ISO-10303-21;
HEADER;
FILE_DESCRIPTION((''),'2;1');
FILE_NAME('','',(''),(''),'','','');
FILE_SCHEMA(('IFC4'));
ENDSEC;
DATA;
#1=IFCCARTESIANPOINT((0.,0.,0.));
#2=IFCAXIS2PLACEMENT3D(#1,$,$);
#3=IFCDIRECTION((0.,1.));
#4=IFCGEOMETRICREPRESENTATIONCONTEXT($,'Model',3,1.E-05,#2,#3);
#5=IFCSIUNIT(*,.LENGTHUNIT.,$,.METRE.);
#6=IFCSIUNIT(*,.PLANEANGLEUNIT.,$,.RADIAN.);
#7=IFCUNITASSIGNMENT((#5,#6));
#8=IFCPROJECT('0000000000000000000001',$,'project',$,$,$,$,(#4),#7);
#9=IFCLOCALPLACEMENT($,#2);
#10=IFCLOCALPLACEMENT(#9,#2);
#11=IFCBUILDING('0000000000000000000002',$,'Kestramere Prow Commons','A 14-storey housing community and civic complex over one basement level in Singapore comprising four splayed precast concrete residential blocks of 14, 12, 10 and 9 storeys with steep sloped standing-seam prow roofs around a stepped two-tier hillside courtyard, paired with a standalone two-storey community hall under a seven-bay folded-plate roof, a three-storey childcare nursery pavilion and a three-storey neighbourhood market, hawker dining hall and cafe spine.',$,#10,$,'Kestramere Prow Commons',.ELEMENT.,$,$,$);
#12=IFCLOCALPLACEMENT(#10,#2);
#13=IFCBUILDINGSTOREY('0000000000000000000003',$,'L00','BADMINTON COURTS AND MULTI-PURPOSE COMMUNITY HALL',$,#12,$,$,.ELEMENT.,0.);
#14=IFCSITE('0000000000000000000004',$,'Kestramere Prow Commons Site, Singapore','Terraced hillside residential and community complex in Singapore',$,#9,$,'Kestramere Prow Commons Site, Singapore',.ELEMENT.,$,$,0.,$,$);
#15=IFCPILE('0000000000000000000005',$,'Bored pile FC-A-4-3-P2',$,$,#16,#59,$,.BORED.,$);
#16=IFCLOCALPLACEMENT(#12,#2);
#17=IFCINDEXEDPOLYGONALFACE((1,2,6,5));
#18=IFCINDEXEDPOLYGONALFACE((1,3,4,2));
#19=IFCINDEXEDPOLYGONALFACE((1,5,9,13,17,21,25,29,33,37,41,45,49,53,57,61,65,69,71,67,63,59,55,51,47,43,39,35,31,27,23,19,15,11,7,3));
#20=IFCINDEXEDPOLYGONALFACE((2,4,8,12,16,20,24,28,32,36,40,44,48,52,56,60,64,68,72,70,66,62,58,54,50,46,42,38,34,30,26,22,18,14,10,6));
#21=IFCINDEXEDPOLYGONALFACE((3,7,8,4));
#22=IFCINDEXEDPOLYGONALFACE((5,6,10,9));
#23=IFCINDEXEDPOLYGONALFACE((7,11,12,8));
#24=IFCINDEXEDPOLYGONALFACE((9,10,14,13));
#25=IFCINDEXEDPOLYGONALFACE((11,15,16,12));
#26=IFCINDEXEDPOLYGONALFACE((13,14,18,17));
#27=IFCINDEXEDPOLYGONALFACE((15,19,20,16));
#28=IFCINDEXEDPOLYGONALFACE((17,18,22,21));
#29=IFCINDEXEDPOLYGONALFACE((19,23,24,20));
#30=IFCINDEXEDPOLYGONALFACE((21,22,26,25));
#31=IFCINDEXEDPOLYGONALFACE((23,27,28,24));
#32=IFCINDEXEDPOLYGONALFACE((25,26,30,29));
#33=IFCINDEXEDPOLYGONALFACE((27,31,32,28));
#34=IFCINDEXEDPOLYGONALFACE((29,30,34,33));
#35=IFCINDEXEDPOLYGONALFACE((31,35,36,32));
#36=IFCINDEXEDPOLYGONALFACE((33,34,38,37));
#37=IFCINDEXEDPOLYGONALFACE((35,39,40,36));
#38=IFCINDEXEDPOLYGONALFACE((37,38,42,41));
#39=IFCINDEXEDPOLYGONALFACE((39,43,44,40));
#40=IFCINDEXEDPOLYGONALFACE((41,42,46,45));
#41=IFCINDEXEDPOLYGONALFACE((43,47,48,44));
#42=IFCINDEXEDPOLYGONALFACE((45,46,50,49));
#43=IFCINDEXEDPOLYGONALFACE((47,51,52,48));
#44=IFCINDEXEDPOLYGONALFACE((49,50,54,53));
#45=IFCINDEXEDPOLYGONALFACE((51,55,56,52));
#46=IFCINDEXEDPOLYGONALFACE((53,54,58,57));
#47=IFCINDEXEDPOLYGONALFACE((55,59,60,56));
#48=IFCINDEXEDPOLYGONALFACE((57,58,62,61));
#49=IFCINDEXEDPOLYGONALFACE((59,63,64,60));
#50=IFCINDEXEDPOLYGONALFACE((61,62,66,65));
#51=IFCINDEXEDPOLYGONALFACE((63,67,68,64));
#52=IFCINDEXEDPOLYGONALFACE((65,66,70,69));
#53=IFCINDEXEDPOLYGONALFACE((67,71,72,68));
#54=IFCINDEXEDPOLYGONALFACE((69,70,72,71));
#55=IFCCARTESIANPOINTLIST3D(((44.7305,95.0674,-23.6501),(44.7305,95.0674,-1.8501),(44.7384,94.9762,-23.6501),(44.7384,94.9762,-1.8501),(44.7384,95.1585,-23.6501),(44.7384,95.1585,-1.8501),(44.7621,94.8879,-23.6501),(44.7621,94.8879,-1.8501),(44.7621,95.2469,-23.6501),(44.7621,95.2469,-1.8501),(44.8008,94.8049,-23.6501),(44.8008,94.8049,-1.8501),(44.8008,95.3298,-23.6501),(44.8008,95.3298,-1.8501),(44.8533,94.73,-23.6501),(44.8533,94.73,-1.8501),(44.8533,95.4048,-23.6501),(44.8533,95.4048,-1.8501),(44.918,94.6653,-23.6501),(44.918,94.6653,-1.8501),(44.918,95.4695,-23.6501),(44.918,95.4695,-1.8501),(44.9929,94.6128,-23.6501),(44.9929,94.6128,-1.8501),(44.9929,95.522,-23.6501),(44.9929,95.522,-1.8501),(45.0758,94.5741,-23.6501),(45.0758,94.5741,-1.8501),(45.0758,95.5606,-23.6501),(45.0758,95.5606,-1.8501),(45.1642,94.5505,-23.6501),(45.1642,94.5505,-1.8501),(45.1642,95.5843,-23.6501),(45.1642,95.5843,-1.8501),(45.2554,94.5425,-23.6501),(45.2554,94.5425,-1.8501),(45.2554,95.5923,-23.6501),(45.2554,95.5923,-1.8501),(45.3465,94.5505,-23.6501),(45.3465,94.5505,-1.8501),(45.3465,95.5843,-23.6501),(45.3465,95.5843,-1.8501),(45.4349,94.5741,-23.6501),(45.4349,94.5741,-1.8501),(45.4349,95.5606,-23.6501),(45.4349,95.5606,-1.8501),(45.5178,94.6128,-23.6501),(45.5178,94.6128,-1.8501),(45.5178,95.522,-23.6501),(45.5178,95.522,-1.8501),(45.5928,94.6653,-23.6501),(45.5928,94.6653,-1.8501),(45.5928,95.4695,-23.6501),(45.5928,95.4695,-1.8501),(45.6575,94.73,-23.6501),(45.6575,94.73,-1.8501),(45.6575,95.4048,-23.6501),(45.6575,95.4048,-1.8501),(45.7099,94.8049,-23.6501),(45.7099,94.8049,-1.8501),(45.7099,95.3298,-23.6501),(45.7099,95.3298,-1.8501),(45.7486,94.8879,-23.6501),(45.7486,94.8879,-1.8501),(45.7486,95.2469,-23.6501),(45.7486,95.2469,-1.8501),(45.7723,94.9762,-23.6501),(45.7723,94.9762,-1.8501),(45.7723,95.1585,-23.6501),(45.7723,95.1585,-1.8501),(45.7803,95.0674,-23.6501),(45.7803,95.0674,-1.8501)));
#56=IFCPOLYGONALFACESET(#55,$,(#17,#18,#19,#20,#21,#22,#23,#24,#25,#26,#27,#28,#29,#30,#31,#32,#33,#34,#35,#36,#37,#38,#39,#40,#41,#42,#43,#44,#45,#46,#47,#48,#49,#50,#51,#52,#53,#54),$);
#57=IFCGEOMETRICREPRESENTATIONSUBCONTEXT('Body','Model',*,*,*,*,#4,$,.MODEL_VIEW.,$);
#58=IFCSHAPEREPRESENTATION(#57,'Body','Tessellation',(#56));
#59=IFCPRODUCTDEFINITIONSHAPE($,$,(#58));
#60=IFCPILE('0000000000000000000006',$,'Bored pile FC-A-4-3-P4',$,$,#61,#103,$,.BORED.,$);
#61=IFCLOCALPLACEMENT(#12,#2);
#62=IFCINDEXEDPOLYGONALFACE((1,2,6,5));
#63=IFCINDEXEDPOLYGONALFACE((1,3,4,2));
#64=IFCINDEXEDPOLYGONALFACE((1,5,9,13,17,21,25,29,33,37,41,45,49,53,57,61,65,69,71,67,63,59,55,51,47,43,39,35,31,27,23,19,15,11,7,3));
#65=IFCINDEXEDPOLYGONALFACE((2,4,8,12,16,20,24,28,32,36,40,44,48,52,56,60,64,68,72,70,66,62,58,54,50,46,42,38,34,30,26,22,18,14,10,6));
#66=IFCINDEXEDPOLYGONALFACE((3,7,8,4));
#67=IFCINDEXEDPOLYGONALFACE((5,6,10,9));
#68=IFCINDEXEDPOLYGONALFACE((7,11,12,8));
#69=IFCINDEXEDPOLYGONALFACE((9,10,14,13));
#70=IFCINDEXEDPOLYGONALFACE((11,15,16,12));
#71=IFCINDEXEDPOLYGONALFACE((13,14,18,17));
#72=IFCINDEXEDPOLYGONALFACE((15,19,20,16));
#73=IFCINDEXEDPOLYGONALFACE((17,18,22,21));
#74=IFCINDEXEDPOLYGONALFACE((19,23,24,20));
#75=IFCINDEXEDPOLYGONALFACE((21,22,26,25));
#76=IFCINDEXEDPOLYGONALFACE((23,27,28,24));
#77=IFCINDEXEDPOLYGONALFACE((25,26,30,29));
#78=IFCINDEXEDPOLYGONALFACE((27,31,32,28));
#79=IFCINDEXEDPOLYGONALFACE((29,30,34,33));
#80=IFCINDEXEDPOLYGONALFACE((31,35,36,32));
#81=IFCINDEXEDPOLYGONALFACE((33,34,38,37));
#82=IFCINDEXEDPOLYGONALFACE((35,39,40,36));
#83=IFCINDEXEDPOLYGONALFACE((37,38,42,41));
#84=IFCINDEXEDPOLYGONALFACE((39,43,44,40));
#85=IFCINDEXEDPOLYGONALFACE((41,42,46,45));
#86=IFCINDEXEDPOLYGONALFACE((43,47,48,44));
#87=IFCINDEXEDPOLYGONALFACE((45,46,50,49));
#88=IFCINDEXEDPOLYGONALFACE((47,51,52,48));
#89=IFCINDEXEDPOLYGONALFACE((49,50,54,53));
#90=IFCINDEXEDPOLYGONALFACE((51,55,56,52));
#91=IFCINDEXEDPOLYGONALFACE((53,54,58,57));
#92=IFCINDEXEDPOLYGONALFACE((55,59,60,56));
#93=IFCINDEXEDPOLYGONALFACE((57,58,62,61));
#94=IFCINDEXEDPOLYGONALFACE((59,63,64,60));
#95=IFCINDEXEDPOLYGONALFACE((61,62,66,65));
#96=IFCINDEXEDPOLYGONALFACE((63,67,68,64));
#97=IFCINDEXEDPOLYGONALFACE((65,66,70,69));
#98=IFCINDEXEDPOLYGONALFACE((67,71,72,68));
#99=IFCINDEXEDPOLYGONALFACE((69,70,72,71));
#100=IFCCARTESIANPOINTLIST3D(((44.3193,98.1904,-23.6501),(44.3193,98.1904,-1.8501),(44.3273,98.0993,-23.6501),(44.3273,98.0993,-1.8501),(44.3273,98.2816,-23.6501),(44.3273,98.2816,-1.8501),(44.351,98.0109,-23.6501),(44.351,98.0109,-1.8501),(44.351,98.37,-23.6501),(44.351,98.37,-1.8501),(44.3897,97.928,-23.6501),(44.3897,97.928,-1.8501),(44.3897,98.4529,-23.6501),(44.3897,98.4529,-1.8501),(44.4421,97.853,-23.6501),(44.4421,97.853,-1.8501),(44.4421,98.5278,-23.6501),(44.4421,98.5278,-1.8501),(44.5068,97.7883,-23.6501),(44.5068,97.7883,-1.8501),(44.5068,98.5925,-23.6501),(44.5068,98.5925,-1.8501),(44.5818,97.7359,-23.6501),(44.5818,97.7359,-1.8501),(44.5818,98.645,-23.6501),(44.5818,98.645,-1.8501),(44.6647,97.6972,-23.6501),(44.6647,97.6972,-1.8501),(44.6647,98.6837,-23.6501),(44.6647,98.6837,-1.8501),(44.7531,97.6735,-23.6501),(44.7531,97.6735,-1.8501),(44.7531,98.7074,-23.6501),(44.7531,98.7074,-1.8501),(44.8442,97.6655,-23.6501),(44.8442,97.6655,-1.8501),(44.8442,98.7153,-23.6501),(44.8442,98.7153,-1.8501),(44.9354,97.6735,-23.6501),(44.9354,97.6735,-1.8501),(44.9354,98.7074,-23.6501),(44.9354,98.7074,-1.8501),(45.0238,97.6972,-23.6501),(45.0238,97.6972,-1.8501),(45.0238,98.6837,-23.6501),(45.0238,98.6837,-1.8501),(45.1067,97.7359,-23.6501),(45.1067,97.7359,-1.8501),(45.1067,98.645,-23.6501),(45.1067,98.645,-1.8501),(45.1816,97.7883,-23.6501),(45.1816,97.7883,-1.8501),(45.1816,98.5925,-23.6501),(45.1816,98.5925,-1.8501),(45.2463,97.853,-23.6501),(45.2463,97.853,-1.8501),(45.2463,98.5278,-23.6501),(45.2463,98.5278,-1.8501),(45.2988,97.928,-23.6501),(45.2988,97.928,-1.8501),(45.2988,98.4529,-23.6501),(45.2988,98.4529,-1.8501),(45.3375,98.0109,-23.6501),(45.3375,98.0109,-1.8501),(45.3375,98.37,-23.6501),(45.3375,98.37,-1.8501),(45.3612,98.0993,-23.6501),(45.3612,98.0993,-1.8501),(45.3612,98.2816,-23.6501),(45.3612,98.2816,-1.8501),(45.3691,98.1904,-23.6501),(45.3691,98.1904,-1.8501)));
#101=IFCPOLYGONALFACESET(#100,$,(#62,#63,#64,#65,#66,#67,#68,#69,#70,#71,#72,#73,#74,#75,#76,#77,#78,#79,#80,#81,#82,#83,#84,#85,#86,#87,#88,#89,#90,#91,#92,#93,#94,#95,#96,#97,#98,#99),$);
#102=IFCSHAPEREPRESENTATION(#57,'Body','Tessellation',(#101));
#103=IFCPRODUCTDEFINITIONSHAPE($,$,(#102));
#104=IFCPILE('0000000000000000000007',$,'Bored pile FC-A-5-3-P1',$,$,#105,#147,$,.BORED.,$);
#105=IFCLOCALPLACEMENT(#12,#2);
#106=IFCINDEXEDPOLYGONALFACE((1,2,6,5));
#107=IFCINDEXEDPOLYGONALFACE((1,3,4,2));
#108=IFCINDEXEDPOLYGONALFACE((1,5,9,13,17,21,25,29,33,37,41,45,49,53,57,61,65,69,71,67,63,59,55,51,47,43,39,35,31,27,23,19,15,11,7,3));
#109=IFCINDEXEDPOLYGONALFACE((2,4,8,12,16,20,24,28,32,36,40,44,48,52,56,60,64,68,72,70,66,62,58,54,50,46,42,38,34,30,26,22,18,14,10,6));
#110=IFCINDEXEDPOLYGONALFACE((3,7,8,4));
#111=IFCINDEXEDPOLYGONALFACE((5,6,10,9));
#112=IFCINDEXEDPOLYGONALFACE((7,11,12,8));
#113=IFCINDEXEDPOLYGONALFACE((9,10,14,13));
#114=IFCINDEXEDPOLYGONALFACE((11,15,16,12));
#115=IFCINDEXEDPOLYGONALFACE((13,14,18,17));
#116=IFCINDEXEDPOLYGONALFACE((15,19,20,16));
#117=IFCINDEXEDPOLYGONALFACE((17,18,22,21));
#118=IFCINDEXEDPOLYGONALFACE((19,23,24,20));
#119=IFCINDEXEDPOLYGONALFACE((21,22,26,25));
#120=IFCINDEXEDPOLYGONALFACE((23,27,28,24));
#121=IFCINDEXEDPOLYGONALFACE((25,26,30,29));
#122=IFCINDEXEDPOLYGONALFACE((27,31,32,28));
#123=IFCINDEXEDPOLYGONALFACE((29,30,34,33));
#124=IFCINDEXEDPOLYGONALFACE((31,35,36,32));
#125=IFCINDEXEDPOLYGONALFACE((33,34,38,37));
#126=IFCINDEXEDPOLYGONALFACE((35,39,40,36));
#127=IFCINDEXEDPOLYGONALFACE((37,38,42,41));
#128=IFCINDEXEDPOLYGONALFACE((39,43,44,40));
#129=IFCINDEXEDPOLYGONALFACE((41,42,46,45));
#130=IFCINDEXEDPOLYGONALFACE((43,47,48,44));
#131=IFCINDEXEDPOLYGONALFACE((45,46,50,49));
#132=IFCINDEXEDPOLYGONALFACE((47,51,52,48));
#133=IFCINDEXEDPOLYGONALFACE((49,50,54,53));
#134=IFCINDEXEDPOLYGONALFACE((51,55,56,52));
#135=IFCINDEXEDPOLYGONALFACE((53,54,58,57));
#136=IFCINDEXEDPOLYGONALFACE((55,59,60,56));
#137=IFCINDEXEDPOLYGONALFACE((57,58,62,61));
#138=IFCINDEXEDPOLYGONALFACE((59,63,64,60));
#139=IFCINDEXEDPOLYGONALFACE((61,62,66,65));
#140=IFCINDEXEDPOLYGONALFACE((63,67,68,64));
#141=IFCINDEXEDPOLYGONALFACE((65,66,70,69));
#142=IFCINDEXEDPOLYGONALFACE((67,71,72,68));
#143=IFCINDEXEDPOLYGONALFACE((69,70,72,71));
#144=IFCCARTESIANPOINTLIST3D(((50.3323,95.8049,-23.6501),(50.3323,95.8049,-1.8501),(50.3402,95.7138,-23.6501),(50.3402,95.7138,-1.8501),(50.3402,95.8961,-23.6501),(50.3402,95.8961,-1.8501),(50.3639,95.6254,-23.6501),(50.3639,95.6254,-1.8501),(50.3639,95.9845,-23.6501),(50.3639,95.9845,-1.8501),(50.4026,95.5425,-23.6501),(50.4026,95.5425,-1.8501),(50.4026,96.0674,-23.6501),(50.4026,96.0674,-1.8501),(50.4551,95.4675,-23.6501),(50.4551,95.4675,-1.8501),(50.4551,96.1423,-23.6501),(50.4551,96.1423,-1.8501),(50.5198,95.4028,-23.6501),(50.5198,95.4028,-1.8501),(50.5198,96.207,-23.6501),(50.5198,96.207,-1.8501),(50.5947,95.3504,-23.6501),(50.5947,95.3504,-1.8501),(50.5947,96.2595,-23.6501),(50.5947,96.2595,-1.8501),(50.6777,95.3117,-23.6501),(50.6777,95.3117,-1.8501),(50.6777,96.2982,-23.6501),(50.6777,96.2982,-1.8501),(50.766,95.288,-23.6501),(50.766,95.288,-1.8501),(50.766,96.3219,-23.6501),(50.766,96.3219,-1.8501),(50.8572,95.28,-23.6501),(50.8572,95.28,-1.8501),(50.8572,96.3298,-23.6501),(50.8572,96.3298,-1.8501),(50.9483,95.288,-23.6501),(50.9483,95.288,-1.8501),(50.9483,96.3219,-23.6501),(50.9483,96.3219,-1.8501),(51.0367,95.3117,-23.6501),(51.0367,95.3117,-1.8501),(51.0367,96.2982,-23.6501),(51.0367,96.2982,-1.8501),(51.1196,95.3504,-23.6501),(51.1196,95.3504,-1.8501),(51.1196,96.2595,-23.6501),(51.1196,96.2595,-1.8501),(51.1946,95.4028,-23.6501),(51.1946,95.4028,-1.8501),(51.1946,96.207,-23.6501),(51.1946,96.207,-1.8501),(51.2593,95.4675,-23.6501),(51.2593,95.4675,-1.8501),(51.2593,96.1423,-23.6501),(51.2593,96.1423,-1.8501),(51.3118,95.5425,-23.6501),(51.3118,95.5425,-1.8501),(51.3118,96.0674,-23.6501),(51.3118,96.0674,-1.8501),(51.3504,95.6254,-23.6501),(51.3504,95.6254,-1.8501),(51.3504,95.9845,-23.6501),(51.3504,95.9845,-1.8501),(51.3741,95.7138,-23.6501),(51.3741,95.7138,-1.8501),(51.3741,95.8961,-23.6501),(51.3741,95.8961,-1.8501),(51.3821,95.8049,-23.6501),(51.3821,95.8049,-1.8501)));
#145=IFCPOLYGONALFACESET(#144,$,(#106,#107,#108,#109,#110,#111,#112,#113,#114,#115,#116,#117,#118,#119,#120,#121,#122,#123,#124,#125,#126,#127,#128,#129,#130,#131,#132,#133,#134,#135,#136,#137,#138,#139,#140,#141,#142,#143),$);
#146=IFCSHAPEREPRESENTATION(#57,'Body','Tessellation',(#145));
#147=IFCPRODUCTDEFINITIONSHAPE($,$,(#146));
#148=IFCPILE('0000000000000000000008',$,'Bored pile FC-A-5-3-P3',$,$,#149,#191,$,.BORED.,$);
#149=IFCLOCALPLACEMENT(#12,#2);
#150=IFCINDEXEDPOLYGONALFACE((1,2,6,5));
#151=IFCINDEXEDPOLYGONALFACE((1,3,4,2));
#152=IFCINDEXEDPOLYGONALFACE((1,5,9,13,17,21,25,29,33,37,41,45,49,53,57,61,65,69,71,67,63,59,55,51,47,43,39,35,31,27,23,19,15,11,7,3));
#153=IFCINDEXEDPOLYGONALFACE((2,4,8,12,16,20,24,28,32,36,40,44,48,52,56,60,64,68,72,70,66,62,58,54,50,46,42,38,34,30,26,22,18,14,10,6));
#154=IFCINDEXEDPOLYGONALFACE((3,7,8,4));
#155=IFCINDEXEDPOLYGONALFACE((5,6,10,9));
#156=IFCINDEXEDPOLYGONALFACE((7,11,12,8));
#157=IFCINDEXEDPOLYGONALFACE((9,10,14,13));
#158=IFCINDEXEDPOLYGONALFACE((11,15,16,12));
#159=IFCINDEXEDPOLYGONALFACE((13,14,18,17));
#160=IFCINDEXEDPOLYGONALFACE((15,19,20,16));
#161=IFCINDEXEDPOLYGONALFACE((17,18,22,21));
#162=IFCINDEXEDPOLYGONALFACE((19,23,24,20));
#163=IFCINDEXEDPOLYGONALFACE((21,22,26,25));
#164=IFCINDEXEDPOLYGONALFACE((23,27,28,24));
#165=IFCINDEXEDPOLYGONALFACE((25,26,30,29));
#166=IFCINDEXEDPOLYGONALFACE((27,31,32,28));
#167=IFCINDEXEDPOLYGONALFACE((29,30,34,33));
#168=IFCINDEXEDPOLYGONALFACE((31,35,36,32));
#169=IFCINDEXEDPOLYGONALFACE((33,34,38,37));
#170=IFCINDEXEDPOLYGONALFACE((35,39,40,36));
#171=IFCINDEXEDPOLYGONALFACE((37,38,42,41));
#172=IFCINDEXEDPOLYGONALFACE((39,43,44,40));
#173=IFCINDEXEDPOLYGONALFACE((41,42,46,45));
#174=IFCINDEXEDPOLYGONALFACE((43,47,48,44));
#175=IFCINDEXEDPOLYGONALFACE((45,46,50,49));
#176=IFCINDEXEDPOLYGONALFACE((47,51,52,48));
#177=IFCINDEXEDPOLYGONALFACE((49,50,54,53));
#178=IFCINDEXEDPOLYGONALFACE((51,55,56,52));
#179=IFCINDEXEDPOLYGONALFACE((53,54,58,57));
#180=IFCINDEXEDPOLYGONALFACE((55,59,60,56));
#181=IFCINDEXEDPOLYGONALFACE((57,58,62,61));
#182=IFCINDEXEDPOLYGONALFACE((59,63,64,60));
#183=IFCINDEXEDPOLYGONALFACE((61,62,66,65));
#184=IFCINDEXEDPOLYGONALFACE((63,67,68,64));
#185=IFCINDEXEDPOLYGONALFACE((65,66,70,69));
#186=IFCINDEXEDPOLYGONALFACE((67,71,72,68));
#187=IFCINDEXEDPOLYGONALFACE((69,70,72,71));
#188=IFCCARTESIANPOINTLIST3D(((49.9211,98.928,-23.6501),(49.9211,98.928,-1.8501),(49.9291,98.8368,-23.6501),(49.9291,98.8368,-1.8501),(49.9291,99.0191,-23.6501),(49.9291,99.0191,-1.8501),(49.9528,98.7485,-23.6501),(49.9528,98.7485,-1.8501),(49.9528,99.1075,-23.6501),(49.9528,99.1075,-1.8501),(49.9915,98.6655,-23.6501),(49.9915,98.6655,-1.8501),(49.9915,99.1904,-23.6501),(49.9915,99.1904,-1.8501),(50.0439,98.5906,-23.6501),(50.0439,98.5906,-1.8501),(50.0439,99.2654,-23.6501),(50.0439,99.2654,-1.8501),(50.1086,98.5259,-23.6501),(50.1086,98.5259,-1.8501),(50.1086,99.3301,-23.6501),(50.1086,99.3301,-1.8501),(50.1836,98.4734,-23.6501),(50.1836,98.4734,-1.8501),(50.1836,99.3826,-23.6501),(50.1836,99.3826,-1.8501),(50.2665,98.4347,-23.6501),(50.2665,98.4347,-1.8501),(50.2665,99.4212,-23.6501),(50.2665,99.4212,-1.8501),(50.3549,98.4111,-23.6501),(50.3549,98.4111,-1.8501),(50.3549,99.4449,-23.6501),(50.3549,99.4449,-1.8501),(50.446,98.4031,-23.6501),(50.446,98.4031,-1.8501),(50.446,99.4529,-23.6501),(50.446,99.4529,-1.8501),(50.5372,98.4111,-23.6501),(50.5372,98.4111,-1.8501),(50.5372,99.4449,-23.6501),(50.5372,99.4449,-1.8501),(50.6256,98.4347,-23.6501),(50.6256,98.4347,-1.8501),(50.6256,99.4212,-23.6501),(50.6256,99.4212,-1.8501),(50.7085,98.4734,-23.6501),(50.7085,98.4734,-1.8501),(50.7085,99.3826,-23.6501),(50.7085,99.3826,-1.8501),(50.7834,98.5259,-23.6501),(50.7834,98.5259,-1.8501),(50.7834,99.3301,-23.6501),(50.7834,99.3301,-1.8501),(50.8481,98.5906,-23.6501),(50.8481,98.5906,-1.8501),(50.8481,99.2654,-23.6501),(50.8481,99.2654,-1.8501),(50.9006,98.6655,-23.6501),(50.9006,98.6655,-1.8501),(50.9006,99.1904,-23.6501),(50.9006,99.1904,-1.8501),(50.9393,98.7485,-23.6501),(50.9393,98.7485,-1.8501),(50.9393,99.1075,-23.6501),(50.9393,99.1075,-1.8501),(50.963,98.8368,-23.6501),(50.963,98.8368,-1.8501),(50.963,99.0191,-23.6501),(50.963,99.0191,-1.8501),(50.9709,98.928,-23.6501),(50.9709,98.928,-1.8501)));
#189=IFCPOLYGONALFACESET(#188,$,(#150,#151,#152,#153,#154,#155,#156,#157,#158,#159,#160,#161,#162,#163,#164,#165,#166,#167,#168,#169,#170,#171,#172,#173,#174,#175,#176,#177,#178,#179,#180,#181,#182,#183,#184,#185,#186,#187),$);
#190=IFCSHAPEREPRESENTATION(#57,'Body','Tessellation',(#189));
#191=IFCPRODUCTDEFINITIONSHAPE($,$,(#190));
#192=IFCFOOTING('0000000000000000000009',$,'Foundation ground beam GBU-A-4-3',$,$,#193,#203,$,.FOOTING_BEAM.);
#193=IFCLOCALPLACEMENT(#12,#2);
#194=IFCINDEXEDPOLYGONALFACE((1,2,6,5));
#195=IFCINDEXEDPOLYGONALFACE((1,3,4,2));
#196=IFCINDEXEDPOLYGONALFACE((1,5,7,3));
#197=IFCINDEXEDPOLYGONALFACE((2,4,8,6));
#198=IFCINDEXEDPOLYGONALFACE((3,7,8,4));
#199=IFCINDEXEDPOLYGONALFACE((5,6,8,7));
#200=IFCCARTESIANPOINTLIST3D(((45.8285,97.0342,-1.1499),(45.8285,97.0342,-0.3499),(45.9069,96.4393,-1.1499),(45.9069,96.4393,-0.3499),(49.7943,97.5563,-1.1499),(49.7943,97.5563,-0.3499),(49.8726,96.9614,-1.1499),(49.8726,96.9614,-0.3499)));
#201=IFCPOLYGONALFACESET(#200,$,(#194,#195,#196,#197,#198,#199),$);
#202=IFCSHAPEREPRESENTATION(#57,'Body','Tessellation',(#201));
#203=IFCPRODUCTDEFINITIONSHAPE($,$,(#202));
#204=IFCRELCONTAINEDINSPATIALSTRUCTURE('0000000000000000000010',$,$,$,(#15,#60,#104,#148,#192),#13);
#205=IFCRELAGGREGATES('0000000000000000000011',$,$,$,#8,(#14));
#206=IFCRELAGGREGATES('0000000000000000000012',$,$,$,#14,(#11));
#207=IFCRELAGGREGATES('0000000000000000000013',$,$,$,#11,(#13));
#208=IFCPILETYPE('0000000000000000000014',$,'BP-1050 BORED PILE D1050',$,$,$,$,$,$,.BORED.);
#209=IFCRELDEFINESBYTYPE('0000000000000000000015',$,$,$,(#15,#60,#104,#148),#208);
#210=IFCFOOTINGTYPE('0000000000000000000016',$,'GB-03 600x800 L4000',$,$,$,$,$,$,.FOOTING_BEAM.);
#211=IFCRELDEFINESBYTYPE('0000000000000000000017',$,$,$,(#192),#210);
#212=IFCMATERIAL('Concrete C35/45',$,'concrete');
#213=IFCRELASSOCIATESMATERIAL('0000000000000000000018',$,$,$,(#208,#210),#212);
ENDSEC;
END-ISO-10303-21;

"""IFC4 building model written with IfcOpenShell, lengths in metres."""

from ifc_helpers import new_model, si_unit, direction, frame, origin, origin_2d, place, context, subcontext, project, spatial, rectangle, circle, extrude, material, material_profile, profile_set, type_object, element, save


model = new_model("IFC4")

# Units and contexts
model_context = context("Model", 3, precision=1e-05, world=origin(), true_north=direction((0.0, 1.0)))
body_context = subcontext(model_context, "Body", "Model", "MODEL_VIEW")
ifc_project = project(units=[si_unit("LENGTHUNIT", "METRE"), si_unit("PLANEANGLEUNIT", "RADIAN")], contexts=[model_context])

# Site, building, storey
site_placement = place(None, origin())
site = spatial("IfcSite", under=ifc_project, at=site_placement, Name="Kestramere Prow Commons Site, Singapore", Description="Terraced hillside residential and community complex in Singapore", LongName="Kestramere Prow Commons Site, Singapore", CompositionType="ELEMENT", RefElevation=0.0)
building_placement = place(site_placement, origin())
building = spatial("IfcBuilding", under=site, at=building_placement, Name="Kestramere Prow Commons", Description="A 14-storey housing community and civic complex over one basement level in Singapore comprising four splayed precast concrete residential blocks of 14, 12, 10 and 9 storeys with steep sloped standing-seam prow roofs around a stepped two-tier hillside courtyard, paired with a standalone two-storey community hall under a seven-bay folded-plate roof, a three-storey childcare nursery pavilion and a three-storey neighbourhood market, hawker dining hall and cafe spine.", LongName="Kestramere Prow Commons", CompositionType="ELEMENT")
storey_placement = place(building_placement, origin())
storey = spatial("IfcBuildingStorey", under=building, at=storey_placement, Name="L00", Description="BADMINTON COURTS AND MULTI-PURPOSE COMMUNITY HALL", CompositionType="ELEMENT", Elevation=0.0)

# Piles
ifc_material_1 = material(Name="Concrete C35/45", Category="concrete")
ifc_material_profile_1 = material_profile(ifc_material_1, circle(Radius=0.5249, at=origin_2d()), Name="BORED PILE D1050")
ifc_profile_set_1 = profile_set([ifc_material_profile_1], Name="Concrete C35/45")
pile_type = type_object("IfcPileType", Name="BP-1050 BORED PILE D1050", PredefinedType="BORED", material=ifc_profile_set_1)
for number, where, z_axis, x_axis, name in (
    (1, (45.2554, 95.0674, -1.8501), (0.0, 0.0, -1.0), (1.0, 0.0, 0.0), "Bored pile FC-A-4-3-P2"),
    (2, (44.8442, 98.1904, -1.8501), (0.0, 0.0, -1.0), (1.0, 0.0, 0.0), "Bored pile FC-A-4-3-P4"),
    (3, (50.8572, 95.8049, -1.8501), (0.0, 0.0, -1.0), (1.0, 0.0, 0.0), "Bored pile FC-A-5-3-P1"),
    (4, (50.446, 98.928, -1.8501), (0.0, 0.0, -1.0), (1.0, 0.0, 0.0), "Bored pile FC-A-5-3-P3"),
):
    element("IfcPile", number, at=place(storey_placement, frame(where, z_axis=z_axis, x_axis=x_axis)), inside=storey, type_object=pile_type, Name=name, PredefinedType="BORED", context=body_context, shape_type="SweptSolid", body=[
        extrude(circle(Radius=0.5249, at=origin_2d()), origin(), (0.0, 0.0, 1.0), 21.8),
    ])

# Footing
footing_type_1 = type_object("IfcFootingType", Name="GB-03 600x800 L4000", PredefinedType="FOOTING_BEAM", material=ifc_material_1)
footing_1_placement = place(storey_placement, frame((47.8506, 96.9978, -1.1499), z_axis=(0.0, 0.0, 1.0), x_axis=(0.991445, 0.130526, 0.0)))
element("IfcFooting", 5, at=footing_1_placement, inside=storey, type_object=footing_type_1, Name="Foundation ground beam GBU-A-4-3", PredefinedType="FOOTING_BEAM", context=body_context, shape_type="SweptSolid", body=[
    extrude(rectangle(XDim=4.0, YDim=0.6001, at=origin_2d()), origin(), (0.0, 0.0, 1.0), 0.8),
])

save(model, "model.ifc")
